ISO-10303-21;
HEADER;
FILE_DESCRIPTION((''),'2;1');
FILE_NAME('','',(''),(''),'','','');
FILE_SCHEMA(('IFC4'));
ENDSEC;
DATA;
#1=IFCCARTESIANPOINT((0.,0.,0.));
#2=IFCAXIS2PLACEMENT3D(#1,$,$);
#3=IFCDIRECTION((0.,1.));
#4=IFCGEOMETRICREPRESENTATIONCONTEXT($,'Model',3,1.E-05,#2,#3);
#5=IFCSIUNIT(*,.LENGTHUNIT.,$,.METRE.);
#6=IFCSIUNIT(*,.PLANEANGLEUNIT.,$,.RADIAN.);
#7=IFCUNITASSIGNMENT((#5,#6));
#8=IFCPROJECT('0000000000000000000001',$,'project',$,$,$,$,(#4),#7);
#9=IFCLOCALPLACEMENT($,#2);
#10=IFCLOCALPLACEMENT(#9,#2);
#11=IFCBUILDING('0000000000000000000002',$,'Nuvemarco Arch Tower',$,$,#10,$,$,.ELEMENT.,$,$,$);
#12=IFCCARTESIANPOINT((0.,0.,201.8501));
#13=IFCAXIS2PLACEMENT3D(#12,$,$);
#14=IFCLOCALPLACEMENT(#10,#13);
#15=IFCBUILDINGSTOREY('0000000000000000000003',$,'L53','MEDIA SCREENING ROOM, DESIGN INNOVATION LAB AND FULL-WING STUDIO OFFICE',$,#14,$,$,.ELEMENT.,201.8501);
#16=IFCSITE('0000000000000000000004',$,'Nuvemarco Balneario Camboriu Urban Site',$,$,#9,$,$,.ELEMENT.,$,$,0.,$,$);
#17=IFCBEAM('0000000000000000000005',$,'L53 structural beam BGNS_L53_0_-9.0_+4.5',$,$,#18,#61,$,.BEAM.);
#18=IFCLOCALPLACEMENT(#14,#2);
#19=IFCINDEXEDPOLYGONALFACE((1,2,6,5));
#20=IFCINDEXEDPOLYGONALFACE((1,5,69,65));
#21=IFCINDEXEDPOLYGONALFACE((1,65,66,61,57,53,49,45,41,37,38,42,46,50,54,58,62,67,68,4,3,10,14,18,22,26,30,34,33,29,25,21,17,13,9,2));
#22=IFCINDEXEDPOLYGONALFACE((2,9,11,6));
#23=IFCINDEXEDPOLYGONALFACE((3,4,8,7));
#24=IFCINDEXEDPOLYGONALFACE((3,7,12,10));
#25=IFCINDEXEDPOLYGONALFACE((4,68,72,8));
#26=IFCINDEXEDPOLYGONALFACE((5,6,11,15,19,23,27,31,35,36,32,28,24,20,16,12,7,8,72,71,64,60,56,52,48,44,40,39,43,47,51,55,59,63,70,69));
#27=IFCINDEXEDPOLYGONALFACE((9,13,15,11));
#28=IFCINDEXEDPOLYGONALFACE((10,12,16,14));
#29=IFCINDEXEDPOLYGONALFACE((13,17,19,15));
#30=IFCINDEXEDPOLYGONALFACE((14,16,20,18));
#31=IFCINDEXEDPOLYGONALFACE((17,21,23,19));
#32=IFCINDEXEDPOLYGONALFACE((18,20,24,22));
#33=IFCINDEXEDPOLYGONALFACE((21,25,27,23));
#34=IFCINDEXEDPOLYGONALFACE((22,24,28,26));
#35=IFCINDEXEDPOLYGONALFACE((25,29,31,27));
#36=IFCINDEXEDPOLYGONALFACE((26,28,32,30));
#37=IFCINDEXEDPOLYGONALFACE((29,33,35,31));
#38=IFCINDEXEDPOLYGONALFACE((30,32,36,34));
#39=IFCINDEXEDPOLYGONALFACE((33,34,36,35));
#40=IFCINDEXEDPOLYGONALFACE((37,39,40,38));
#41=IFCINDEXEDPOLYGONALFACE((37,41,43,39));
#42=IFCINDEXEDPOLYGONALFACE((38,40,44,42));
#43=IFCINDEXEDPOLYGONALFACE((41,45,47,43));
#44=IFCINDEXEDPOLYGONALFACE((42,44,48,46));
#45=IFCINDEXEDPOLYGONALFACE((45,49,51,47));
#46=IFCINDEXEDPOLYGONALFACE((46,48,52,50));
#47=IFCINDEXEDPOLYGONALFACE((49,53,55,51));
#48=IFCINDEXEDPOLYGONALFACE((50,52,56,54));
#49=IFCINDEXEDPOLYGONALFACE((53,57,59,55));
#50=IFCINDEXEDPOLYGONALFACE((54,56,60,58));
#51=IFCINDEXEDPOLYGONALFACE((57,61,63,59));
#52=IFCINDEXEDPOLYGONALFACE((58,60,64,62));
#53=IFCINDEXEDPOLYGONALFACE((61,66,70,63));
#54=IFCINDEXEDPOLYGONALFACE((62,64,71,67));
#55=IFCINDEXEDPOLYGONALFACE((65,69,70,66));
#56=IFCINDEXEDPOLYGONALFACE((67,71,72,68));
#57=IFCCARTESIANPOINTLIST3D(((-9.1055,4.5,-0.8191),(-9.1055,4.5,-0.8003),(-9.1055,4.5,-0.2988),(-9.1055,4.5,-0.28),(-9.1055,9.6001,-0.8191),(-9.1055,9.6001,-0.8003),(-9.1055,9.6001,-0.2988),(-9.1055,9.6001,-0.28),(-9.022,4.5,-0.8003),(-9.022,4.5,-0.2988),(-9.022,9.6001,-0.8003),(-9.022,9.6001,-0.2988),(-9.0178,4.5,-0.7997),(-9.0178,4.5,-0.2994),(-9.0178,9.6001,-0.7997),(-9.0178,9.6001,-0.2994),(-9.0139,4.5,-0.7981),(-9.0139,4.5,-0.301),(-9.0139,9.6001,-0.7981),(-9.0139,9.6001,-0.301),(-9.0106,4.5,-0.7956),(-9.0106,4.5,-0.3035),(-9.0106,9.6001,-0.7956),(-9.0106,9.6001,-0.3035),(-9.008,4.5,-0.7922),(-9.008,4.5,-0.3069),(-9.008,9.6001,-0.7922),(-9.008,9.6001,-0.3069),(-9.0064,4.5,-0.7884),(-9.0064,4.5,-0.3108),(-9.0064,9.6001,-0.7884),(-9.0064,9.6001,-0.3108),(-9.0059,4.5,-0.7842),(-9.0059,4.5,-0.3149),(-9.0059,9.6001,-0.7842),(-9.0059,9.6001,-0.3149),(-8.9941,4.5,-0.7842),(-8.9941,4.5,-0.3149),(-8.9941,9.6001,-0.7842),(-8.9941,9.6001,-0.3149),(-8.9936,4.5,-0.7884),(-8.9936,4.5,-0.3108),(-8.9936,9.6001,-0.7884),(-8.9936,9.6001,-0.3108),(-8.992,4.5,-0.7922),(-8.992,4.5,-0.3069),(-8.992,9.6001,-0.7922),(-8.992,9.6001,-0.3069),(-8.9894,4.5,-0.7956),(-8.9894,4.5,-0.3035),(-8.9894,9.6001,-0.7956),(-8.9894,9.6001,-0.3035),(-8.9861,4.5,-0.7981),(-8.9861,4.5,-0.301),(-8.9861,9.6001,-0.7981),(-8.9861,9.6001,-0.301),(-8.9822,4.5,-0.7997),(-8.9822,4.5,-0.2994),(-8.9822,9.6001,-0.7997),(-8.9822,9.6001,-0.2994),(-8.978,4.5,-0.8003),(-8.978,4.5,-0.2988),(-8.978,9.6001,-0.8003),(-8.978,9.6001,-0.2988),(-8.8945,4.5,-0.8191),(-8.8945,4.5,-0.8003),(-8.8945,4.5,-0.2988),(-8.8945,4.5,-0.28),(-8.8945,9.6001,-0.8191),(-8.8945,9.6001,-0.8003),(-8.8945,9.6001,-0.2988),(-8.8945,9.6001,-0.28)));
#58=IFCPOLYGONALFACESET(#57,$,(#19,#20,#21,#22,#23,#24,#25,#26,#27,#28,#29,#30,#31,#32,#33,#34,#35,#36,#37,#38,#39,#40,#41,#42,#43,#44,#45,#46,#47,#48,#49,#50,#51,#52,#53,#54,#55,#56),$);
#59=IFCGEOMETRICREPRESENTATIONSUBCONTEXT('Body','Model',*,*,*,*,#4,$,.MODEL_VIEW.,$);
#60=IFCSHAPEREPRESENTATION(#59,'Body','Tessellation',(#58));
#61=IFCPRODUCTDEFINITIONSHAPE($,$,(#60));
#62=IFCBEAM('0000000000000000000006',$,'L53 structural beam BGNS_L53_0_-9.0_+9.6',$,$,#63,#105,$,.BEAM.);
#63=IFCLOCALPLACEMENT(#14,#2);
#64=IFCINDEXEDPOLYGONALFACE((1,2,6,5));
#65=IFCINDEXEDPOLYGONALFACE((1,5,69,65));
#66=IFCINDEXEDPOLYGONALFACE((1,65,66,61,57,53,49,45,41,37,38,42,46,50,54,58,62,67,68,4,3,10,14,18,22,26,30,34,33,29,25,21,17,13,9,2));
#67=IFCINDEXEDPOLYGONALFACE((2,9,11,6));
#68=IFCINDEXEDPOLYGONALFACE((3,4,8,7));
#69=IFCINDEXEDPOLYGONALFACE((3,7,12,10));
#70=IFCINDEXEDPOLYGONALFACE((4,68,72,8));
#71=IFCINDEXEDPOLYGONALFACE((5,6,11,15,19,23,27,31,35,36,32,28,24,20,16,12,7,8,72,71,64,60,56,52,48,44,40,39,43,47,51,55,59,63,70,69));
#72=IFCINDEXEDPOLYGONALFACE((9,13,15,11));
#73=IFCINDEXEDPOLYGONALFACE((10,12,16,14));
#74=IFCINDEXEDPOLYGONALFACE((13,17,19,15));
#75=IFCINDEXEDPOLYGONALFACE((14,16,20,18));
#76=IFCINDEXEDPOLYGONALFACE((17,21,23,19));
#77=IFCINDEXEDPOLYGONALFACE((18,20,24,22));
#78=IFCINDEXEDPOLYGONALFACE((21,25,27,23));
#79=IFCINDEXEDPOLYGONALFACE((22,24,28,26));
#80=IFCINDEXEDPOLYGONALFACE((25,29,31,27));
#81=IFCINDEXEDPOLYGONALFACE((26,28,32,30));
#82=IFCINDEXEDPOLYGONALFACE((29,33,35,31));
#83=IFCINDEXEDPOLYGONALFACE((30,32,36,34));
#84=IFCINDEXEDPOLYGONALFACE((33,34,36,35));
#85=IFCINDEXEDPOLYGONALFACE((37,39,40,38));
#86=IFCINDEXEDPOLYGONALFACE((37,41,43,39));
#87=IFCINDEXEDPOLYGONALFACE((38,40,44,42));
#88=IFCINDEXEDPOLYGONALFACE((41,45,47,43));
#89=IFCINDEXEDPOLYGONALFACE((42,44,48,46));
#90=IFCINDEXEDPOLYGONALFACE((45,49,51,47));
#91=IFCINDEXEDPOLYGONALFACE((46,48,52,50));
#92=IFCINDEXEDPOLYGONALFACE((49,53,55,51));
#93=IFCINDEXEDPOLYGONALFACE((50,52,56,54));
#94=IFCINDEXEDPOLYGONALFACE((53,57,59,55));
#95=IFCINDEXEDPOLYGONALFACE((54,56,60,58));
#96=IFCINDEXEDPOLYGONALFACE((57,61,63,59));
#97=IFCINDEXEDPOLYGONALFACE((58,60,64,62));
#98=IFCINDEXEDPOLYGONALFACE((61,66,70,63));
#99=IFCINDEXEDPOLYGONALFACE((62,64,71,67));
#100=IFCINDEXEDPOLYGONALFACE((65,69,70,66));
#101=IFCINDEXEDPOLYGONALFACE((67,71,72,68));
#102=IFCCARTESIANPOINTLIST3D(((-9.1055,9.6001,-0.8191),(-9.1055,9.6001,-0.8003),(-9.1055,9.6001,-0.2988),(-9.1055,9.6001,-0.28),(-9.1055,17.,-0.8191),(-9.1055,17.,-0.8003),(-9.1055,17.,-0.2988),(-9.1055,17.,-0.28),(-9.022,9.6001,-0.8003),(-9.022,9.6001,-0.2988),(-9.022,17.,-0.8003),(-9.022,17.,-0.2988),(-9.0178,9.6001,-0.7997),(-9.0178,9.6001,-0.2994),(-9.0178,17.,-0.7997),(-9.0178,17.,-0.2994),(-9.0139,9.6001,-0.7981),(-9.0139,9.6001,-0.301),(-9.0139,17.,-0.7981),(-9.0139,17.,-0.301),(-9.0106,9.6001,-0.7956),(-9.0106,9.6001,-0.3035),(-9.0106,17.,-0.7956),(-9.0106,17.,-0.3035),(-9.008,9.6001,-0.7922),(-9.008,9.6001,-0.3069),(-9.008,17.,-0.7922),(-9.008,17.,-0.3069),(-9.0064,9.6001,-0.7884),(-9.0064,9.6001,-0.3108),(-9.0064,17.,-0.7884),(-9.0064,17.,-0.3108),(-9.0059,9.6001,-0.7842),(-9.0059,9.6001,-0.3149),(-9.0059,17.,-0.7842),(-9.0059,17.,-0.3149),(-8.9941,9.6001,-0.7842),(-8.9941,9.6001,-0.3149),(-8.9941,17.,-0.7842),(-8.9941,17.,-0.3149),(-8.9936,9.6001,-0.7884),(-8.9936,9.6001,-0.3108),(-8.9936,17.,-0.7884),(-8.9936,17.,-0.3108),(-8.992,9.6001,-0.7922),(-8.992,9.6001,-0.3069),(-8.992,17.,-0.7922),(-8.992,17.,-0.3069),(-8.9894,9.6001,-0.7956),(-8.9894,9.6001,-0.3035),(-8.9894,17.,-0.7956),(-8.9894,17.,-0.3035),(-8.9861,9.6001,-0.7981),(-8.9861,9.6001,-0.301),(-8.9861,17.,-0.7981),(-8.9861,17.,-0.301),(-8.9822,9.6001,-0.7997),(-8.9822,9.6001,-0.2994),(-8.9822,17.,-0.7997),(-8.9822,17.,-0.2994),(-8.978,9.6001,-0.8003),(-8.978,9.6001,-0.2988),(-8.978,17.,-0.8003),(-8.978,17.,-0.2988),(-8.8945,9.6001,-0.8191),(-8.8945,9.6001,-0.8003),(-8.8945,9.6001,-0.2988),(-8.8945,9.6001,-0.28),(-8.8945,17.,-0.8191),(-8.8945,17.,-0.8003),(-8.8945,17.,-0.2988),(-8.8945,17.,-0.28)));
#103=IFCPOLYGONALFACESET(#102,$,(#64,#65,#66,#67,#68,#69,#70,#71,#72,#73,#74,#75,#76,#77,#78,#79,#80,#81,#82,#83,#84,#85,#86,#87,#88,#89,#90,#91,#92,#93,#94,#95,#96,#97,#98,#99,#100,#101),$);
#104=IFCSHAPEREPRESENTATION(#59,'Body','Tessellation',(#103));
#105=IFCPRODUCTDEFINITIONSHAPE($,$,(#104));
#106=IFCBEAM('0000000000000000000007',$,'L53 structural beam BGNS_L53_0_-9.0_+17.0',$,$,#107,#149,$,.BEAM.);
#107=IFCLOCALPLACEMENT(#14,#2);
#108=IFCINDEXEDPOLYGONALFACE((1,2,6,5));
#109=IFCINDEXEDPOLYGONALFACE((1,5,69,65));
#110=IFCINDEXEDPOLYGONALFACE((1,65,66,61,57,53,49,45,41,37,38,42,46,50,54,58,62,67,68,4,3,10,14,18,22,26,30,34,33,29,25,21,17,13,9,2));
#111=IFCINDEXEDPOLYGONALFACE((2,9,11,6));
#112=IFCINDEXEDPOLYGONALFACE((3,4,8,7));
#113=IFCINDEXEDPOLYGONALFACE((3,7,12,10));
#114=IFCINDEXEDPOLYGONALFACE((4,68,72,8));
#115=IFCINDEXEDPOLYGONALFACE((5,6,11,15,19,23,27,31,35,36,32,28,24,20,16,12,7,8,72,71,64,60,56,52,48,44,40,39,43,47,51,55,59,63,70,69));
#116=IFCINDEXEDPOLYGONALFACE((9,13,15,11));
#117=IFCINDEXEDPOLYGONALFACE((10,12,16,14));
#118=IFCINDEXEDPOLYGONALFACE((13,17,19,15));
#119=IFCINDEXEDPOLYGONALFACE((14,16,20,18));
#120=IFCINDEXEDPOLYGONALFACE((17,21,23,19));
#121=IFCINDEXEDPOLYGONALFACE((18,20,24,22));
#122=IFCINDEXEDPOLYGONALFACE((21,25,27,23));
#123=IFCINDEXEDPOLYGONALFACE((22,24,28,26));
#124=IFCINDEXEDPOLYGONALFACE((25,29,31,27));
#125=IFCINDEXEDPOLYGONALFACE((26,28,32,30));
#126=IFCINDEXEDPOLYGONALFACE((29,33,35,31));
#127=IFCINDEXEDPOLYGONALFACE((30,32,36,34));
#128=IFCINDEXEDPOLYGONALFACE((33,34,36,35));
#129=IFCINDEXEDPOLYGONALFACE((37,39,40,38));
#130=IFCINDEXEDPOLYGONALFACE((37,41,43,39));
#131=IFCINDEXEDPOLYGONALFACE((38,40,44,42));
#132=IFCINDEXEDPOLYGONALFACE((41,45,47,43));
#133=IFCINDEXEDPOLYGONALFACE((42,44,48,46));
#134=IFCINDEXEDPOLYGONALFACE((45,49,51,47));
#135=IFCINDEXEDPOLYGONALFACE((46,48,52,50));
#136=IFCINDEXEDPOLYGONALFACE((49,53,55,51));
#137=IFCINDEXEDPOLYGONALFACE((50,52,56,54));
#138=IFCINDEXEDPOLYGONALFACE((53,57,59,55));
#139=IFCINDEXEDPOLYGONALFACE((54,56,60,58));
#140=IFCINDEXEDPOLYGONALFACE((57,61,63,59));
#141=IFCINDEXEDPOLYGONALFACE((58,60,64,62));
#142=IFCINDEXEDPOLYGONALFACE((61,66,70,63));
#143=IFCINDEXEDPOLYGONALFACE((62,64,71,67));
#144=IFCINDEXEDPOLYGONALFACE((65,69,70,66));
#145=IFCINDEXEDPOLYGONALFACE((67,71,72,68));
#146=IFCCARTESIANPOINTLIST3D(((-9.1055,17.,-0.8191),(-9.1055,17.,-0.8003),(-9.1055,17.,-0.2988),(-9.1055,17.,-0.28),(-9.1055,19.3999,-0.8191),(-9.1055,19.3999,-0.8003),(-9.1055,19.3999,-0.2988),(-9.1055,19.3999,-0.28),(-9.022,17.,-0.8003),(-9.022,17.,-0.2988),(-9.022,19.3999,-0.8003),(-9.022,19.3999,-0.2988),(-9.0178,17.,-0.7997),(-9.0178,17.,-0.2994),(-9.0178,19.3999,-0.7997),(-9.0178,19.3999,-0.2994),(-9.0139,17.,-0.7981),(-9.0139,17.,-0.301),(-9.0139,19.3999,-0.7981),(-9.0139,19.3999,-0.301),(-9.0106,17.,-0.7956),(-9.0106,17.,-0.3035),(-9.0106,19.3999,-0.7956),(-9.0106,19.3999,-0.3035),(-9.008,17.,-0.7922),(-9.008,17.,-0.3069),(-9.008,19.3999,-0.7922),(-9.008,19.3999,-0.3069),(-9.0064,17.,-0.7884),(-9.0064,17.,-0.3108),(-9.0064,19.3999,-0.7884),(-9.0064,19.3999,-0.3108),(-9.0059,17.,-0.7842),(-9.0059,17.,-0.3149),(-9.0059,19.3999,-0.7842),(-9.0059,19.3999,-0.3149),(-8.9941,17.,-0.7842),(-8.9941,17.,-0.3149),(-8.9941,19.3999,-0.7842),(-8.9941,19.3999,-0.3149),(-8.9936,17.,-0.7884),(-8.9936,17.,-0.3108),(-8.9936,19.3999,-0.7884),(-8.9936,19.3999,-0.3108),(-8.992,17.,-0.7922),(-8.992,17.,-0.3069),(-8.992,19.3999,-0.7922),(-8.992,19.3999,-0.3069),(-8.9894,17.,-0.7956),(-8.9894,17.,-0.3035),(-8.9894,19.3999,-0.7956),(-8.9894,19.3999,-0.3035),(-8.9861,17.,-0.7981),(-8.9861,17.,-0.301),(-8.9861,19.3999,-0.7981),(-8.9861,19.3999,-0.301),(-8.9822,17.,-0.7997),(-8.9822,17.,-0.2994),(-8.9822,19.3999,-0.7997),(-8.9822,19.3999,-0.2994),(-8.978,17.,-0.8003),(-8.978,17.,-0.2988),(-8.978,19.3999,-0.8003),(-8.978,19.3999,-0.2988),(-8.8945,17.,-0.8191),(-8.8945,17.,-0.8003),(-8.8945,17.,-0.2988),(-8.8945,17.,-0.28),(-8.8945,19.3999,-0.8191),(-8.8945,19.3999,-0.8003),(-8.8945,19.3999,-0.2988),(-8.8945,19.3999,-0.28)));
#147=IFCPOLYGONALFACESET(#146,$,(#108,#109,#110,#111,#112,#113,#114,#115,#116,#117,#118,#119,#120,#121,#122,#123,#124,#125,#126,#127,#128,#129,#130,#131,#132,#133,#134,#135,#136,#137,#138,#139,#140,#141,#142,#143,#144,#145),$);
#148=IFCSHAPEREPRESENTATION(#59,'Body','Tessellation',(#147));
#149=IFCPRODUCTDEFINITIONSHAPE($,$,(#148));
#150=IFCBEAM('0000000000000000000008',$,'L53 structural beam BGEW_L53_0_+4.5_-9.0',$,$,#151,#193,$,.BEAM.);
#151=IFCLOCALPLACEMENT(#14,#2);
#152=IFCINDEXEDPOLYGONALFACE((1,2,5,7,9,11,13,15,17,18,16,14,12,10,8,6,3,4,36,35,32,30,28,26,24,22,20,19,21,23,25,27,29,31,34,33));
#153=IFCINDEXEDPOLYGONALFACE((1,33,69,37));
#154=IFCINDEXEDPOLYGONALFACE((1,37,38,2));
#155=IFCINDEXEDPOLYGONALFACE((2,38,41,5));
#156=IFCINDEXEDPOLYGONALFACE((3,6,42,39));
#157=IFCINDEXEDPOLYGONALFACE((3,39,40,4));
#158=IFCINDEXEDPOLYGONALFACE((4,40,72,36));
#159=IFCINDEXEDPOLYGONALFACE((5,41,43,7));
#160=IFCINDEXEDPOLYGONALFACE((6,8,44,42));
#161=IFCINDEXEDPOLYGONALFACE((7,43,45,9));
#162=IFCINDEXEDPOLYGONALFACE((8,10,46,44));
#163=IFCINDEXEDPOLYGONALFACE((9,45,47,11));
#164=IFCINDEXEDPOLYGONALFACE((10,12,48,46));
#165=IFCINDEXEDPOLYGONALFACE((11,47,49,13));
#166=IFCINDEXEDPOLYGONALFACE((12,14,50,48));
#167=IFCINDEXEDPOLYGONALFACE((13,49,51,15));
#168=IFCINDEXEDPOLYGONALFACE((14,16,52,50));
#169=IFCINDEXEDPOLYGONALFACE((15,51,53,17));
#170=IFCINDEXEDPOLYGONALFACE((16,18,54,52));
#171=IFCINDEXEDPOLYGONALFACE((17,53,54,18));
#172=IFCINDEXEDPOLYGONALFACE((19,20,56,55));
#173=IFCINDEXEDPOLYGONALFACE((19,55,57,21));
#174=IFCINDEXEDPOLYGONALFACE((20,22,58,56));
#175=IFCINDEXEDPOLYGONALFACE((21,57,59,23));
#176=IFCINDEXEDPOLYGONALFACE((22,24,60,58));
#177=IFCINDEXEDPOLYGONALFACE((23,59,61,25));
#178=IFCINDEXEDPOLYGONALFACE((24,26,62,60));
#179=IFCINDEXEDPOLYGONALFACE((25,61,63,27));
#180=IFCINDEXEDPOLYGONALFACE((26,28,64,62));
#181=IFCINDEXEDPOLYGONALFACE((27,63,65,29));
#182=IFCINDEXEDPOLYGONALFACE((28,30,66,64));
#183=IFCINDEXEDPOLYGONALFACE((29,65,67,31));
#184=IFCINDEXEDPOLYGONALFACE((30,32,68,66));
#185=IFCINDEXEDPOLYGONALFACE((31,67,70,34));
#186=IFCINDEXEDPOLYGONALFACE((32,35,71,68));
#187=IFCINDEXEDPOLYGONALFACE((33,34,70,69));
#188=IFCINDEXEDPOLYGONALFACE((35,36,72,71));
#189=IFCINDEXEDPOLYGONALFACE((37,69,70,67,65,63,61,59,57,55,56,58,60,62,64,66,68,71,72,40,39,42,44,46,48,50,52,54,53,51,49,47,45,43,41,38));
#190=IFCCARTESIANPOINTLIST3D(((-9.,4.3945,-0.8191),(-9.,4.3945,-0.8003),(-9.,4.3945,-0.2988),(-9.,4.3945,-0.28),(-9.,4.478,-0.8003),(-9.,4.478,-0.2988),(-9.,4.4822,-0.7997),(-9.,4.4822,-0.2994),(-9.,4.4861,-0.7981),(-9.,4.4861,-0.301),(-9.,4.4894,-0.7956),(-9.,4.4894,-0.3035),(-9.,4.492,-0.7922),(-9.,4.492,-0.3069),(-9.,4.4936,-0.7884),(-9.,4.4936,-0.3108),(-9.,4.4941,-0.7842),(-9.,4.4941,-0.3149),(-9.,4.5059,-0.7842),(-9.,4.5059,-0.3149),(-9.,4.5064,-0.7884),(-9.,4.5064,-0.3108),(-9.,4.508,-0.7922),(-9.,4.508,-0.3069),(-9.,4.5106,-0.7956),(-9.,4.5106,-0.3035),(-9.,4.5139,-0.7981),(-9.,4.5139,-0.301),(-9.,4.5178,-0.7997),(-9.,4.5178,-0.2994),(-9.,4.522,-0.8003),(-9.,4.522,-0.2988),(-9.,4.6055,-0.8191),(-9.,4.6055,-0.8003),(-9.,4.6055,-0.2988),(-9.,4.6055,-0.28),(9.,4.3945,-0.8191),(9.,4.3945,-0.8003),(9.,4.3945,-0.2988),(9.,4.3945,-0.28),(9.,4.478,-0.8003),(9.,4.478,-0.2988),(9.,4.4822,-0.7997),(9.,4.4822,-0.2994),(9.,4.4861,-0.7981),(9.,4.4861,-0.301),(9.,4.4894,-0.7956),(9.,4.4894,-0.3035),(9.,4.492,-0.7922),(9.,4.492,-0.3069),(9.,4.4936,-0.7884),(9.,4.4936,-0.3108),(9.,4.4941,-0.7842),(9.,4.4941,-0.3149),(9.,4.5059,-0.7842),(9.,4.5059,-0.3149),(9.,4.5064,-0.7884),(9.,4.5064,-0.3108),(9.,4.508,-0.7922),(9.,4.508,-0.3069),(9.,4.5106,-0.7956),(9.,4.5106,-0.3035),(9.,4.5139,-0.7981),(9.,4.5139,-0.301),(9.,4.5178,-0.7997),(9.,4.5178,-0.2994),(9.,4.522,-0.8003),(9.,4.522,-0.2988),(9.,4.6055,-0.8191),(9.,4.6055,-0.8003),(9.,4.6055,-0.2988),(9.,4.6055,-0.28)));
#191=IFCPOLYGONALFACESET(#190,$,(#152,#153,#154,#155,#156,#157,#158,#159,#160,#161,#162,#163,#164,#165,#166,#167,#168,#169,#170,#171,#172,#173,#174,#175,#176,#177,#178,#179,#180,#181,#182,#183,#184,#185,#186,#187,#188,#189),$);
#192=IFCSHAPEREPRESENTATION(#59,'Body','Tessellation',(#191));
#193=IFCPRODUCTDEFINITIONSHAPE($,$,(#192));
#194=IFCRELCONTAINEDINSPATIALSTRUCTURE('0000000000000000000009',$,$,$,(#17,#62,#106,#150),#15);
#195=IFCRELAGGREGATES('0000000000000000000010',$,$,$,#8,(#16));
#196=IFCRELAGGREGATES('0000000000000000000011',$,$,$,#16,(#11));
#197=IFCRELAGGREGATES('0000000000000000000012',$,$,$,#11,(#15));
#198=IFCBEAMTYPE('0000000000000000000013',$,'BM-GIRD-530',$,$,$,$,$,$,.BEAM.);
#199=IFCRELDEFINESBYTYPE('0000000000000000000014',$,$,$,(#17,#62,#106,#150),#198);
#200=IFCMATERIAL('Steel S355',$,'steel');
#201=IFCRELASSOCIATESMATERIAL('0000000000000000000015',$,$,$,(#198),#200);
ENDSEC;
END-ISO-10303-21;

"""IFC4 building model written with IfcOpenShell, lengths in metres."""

from ifc_helpers import new_model, si_unit, direction, frame, origin, origin_2d, place, context, subcontext, project, spatial, i_section, extrude, material, material_profile, profile_set, type_object, element, save


model = new_model("IFC4")

# Units and contexts
model_context = context("Model", 3, precision=1e-05, world=origin(), true_north=direction((0.0, 1.0)))
body_context = subcontext(model_context, "Body", "Model", "MODEL_VIEW")
ifc_project = project(units=[si_unit("LENGTHUNIT", "METRE"), si_unit("PLANEANGLEUNIT", "RADIAN")], contexts=[model_context])

# Site, building, storey
site_placement = place(None, origin())
site = spatial("IfcSite", under=ifc_project, at=site_placement, Name="Nuvemarco Balneario Camboriu Urban Site", CompositionType="ELEMENT", RefElevation=0.0)
building_placement = place(site_placement, origin())
building = spatial("IfcBuilding", under=site, at=building_placement, Name="Nuvemarco Arch Tower", CompositionType="ELEMENT")
storey_placement = place(building_placement, frame((0.0, 0.0, 201.8501)))
storey = spatial("IfcBuildingStorey", under=building, at=storey_placement, Name="L53", Description="MEDIA SCREENING ROOM, DESIGN INNOVATION LAB AND FULL-WING STUDIO OFFICE", CompositionType="ELEMENT", Elevation=201.8501)

# Shared definitions
ifc_material_1 = material(Name="Steel S355", Category="steel")

# Beams
ifc_material_profile_1 = material_profile(ifc_material_1, i_section(OverallWidth=0.2109, OverallDepth=0.5391, WebThickness=0.0117, FlangeThickness=0.0188, FilletRadius=0.0161, at=origin_2d()), Name="W530x109")
ifc_profile_set_1 = profile_set([ifc_material_profile_1], Name="Steel S355")
beam_type_1 = type_object("IfcBeamType", Name="BM-GIRD-530", PredefinedType="BEAM", material=ifc_profile_set_1)
beam_1_placement = place(storey_placement, frame((-9.0, 4.5, -0.5496), z_axis=(0.0, 1.0, 0.0), x_axis=(-1.0, 0.0, 0.0)))
element("IfcBeam", 1, at=beam_1_placement, inside=storey, type_object=beam_type_1, Name="L53 structural beam BGNS_L53_0_-9.0_+4.5", PredefinedType="BEAM", context=body_context, shape_type="SweptSolid", body=[
    extrude(i_section(OverallWidth=0.2109, OverallDepth=0.5391, WebThickness=0.0117, FlangeThickness=0.0188, FilletRadius=0.0161, at=origin_2d()), origin(), (0.0, 0.0, 1.0), 5.1001),
])
beam_2_placement = place(storey_placement, frame((-9.0, 9.6001, -0.5496), z_axis=(0.0, 1.0, 0.0), x_axis=(-1.0, 0.0, 0.0)))
element("IfcBeam", 2, at=beam_2_placement, inside=storey, type_object=beam_type_1, Name="L53 structural beam BGNS_L53_0_-9.0_+9.6", PredefinedType="BEAM", context=body_context, shape_type="SweptSolid", body=[
    extrude(i_section(OverallWidth=0.2109, OverallDepth=0.5391, WebThickness=0.0117, FlangeThickness=0.0188, FilletRadius=0.0161, at=origin_2d()), origin(), (0.0, 0.0, 1.0), 7.3999),
])
beam_3_placement = place(storey_placement, frame((-9.0, 17.0, -0.5496), z_axis=(0.0, 1.0, 0.0), x_axis=(-1.0, 0.0, 0.0)))
element("IfcBeam", 3, at=beam_3_placement, inside=storey, type_object=beam_type_1, Name="L53 structural beam BGNS_L53_0_-9.0_+17.0", PredefinedType="BEAM", context=body_context, shape_type="SweptSolid", body=[
    extrude(i_section(OverallWidth=0.2109, OverallDepth=0.5391, WebThickness=0.0117, FlangeThickness=0.0188, FilletRadius=0.0161, at=origin_2d()), origin(), (0.0, 0.0, 1.0), 2.3999),
])
beam_4_placement = place(storey_placement, frame((-9.0, 4.5, -0.5496), z_axis=(1.0, 0.0, 0.0), x_axis=(0.0, 1.0, 0.0)))
element("IfcBeam", 4, at=beam_4_placement, inside=storey, type_object=beam_type_1, Name="L53 structural beam BGEW_L53_0_+4.5_-9.0", PredefinedType="BEAM", context=body_context, shape_type="SweptSolid", body=[
    extrude(i_section(OverallWidth=0.2109, OverallDepth=0.5391, WebThickness=0.0117, FlangeThickness=0.0188, FilletRadius=0.0161, at=origin_2d()), origin(), (0.0, 0.0, 1.0), 18.0),
])

save(model, "model.ifc")
